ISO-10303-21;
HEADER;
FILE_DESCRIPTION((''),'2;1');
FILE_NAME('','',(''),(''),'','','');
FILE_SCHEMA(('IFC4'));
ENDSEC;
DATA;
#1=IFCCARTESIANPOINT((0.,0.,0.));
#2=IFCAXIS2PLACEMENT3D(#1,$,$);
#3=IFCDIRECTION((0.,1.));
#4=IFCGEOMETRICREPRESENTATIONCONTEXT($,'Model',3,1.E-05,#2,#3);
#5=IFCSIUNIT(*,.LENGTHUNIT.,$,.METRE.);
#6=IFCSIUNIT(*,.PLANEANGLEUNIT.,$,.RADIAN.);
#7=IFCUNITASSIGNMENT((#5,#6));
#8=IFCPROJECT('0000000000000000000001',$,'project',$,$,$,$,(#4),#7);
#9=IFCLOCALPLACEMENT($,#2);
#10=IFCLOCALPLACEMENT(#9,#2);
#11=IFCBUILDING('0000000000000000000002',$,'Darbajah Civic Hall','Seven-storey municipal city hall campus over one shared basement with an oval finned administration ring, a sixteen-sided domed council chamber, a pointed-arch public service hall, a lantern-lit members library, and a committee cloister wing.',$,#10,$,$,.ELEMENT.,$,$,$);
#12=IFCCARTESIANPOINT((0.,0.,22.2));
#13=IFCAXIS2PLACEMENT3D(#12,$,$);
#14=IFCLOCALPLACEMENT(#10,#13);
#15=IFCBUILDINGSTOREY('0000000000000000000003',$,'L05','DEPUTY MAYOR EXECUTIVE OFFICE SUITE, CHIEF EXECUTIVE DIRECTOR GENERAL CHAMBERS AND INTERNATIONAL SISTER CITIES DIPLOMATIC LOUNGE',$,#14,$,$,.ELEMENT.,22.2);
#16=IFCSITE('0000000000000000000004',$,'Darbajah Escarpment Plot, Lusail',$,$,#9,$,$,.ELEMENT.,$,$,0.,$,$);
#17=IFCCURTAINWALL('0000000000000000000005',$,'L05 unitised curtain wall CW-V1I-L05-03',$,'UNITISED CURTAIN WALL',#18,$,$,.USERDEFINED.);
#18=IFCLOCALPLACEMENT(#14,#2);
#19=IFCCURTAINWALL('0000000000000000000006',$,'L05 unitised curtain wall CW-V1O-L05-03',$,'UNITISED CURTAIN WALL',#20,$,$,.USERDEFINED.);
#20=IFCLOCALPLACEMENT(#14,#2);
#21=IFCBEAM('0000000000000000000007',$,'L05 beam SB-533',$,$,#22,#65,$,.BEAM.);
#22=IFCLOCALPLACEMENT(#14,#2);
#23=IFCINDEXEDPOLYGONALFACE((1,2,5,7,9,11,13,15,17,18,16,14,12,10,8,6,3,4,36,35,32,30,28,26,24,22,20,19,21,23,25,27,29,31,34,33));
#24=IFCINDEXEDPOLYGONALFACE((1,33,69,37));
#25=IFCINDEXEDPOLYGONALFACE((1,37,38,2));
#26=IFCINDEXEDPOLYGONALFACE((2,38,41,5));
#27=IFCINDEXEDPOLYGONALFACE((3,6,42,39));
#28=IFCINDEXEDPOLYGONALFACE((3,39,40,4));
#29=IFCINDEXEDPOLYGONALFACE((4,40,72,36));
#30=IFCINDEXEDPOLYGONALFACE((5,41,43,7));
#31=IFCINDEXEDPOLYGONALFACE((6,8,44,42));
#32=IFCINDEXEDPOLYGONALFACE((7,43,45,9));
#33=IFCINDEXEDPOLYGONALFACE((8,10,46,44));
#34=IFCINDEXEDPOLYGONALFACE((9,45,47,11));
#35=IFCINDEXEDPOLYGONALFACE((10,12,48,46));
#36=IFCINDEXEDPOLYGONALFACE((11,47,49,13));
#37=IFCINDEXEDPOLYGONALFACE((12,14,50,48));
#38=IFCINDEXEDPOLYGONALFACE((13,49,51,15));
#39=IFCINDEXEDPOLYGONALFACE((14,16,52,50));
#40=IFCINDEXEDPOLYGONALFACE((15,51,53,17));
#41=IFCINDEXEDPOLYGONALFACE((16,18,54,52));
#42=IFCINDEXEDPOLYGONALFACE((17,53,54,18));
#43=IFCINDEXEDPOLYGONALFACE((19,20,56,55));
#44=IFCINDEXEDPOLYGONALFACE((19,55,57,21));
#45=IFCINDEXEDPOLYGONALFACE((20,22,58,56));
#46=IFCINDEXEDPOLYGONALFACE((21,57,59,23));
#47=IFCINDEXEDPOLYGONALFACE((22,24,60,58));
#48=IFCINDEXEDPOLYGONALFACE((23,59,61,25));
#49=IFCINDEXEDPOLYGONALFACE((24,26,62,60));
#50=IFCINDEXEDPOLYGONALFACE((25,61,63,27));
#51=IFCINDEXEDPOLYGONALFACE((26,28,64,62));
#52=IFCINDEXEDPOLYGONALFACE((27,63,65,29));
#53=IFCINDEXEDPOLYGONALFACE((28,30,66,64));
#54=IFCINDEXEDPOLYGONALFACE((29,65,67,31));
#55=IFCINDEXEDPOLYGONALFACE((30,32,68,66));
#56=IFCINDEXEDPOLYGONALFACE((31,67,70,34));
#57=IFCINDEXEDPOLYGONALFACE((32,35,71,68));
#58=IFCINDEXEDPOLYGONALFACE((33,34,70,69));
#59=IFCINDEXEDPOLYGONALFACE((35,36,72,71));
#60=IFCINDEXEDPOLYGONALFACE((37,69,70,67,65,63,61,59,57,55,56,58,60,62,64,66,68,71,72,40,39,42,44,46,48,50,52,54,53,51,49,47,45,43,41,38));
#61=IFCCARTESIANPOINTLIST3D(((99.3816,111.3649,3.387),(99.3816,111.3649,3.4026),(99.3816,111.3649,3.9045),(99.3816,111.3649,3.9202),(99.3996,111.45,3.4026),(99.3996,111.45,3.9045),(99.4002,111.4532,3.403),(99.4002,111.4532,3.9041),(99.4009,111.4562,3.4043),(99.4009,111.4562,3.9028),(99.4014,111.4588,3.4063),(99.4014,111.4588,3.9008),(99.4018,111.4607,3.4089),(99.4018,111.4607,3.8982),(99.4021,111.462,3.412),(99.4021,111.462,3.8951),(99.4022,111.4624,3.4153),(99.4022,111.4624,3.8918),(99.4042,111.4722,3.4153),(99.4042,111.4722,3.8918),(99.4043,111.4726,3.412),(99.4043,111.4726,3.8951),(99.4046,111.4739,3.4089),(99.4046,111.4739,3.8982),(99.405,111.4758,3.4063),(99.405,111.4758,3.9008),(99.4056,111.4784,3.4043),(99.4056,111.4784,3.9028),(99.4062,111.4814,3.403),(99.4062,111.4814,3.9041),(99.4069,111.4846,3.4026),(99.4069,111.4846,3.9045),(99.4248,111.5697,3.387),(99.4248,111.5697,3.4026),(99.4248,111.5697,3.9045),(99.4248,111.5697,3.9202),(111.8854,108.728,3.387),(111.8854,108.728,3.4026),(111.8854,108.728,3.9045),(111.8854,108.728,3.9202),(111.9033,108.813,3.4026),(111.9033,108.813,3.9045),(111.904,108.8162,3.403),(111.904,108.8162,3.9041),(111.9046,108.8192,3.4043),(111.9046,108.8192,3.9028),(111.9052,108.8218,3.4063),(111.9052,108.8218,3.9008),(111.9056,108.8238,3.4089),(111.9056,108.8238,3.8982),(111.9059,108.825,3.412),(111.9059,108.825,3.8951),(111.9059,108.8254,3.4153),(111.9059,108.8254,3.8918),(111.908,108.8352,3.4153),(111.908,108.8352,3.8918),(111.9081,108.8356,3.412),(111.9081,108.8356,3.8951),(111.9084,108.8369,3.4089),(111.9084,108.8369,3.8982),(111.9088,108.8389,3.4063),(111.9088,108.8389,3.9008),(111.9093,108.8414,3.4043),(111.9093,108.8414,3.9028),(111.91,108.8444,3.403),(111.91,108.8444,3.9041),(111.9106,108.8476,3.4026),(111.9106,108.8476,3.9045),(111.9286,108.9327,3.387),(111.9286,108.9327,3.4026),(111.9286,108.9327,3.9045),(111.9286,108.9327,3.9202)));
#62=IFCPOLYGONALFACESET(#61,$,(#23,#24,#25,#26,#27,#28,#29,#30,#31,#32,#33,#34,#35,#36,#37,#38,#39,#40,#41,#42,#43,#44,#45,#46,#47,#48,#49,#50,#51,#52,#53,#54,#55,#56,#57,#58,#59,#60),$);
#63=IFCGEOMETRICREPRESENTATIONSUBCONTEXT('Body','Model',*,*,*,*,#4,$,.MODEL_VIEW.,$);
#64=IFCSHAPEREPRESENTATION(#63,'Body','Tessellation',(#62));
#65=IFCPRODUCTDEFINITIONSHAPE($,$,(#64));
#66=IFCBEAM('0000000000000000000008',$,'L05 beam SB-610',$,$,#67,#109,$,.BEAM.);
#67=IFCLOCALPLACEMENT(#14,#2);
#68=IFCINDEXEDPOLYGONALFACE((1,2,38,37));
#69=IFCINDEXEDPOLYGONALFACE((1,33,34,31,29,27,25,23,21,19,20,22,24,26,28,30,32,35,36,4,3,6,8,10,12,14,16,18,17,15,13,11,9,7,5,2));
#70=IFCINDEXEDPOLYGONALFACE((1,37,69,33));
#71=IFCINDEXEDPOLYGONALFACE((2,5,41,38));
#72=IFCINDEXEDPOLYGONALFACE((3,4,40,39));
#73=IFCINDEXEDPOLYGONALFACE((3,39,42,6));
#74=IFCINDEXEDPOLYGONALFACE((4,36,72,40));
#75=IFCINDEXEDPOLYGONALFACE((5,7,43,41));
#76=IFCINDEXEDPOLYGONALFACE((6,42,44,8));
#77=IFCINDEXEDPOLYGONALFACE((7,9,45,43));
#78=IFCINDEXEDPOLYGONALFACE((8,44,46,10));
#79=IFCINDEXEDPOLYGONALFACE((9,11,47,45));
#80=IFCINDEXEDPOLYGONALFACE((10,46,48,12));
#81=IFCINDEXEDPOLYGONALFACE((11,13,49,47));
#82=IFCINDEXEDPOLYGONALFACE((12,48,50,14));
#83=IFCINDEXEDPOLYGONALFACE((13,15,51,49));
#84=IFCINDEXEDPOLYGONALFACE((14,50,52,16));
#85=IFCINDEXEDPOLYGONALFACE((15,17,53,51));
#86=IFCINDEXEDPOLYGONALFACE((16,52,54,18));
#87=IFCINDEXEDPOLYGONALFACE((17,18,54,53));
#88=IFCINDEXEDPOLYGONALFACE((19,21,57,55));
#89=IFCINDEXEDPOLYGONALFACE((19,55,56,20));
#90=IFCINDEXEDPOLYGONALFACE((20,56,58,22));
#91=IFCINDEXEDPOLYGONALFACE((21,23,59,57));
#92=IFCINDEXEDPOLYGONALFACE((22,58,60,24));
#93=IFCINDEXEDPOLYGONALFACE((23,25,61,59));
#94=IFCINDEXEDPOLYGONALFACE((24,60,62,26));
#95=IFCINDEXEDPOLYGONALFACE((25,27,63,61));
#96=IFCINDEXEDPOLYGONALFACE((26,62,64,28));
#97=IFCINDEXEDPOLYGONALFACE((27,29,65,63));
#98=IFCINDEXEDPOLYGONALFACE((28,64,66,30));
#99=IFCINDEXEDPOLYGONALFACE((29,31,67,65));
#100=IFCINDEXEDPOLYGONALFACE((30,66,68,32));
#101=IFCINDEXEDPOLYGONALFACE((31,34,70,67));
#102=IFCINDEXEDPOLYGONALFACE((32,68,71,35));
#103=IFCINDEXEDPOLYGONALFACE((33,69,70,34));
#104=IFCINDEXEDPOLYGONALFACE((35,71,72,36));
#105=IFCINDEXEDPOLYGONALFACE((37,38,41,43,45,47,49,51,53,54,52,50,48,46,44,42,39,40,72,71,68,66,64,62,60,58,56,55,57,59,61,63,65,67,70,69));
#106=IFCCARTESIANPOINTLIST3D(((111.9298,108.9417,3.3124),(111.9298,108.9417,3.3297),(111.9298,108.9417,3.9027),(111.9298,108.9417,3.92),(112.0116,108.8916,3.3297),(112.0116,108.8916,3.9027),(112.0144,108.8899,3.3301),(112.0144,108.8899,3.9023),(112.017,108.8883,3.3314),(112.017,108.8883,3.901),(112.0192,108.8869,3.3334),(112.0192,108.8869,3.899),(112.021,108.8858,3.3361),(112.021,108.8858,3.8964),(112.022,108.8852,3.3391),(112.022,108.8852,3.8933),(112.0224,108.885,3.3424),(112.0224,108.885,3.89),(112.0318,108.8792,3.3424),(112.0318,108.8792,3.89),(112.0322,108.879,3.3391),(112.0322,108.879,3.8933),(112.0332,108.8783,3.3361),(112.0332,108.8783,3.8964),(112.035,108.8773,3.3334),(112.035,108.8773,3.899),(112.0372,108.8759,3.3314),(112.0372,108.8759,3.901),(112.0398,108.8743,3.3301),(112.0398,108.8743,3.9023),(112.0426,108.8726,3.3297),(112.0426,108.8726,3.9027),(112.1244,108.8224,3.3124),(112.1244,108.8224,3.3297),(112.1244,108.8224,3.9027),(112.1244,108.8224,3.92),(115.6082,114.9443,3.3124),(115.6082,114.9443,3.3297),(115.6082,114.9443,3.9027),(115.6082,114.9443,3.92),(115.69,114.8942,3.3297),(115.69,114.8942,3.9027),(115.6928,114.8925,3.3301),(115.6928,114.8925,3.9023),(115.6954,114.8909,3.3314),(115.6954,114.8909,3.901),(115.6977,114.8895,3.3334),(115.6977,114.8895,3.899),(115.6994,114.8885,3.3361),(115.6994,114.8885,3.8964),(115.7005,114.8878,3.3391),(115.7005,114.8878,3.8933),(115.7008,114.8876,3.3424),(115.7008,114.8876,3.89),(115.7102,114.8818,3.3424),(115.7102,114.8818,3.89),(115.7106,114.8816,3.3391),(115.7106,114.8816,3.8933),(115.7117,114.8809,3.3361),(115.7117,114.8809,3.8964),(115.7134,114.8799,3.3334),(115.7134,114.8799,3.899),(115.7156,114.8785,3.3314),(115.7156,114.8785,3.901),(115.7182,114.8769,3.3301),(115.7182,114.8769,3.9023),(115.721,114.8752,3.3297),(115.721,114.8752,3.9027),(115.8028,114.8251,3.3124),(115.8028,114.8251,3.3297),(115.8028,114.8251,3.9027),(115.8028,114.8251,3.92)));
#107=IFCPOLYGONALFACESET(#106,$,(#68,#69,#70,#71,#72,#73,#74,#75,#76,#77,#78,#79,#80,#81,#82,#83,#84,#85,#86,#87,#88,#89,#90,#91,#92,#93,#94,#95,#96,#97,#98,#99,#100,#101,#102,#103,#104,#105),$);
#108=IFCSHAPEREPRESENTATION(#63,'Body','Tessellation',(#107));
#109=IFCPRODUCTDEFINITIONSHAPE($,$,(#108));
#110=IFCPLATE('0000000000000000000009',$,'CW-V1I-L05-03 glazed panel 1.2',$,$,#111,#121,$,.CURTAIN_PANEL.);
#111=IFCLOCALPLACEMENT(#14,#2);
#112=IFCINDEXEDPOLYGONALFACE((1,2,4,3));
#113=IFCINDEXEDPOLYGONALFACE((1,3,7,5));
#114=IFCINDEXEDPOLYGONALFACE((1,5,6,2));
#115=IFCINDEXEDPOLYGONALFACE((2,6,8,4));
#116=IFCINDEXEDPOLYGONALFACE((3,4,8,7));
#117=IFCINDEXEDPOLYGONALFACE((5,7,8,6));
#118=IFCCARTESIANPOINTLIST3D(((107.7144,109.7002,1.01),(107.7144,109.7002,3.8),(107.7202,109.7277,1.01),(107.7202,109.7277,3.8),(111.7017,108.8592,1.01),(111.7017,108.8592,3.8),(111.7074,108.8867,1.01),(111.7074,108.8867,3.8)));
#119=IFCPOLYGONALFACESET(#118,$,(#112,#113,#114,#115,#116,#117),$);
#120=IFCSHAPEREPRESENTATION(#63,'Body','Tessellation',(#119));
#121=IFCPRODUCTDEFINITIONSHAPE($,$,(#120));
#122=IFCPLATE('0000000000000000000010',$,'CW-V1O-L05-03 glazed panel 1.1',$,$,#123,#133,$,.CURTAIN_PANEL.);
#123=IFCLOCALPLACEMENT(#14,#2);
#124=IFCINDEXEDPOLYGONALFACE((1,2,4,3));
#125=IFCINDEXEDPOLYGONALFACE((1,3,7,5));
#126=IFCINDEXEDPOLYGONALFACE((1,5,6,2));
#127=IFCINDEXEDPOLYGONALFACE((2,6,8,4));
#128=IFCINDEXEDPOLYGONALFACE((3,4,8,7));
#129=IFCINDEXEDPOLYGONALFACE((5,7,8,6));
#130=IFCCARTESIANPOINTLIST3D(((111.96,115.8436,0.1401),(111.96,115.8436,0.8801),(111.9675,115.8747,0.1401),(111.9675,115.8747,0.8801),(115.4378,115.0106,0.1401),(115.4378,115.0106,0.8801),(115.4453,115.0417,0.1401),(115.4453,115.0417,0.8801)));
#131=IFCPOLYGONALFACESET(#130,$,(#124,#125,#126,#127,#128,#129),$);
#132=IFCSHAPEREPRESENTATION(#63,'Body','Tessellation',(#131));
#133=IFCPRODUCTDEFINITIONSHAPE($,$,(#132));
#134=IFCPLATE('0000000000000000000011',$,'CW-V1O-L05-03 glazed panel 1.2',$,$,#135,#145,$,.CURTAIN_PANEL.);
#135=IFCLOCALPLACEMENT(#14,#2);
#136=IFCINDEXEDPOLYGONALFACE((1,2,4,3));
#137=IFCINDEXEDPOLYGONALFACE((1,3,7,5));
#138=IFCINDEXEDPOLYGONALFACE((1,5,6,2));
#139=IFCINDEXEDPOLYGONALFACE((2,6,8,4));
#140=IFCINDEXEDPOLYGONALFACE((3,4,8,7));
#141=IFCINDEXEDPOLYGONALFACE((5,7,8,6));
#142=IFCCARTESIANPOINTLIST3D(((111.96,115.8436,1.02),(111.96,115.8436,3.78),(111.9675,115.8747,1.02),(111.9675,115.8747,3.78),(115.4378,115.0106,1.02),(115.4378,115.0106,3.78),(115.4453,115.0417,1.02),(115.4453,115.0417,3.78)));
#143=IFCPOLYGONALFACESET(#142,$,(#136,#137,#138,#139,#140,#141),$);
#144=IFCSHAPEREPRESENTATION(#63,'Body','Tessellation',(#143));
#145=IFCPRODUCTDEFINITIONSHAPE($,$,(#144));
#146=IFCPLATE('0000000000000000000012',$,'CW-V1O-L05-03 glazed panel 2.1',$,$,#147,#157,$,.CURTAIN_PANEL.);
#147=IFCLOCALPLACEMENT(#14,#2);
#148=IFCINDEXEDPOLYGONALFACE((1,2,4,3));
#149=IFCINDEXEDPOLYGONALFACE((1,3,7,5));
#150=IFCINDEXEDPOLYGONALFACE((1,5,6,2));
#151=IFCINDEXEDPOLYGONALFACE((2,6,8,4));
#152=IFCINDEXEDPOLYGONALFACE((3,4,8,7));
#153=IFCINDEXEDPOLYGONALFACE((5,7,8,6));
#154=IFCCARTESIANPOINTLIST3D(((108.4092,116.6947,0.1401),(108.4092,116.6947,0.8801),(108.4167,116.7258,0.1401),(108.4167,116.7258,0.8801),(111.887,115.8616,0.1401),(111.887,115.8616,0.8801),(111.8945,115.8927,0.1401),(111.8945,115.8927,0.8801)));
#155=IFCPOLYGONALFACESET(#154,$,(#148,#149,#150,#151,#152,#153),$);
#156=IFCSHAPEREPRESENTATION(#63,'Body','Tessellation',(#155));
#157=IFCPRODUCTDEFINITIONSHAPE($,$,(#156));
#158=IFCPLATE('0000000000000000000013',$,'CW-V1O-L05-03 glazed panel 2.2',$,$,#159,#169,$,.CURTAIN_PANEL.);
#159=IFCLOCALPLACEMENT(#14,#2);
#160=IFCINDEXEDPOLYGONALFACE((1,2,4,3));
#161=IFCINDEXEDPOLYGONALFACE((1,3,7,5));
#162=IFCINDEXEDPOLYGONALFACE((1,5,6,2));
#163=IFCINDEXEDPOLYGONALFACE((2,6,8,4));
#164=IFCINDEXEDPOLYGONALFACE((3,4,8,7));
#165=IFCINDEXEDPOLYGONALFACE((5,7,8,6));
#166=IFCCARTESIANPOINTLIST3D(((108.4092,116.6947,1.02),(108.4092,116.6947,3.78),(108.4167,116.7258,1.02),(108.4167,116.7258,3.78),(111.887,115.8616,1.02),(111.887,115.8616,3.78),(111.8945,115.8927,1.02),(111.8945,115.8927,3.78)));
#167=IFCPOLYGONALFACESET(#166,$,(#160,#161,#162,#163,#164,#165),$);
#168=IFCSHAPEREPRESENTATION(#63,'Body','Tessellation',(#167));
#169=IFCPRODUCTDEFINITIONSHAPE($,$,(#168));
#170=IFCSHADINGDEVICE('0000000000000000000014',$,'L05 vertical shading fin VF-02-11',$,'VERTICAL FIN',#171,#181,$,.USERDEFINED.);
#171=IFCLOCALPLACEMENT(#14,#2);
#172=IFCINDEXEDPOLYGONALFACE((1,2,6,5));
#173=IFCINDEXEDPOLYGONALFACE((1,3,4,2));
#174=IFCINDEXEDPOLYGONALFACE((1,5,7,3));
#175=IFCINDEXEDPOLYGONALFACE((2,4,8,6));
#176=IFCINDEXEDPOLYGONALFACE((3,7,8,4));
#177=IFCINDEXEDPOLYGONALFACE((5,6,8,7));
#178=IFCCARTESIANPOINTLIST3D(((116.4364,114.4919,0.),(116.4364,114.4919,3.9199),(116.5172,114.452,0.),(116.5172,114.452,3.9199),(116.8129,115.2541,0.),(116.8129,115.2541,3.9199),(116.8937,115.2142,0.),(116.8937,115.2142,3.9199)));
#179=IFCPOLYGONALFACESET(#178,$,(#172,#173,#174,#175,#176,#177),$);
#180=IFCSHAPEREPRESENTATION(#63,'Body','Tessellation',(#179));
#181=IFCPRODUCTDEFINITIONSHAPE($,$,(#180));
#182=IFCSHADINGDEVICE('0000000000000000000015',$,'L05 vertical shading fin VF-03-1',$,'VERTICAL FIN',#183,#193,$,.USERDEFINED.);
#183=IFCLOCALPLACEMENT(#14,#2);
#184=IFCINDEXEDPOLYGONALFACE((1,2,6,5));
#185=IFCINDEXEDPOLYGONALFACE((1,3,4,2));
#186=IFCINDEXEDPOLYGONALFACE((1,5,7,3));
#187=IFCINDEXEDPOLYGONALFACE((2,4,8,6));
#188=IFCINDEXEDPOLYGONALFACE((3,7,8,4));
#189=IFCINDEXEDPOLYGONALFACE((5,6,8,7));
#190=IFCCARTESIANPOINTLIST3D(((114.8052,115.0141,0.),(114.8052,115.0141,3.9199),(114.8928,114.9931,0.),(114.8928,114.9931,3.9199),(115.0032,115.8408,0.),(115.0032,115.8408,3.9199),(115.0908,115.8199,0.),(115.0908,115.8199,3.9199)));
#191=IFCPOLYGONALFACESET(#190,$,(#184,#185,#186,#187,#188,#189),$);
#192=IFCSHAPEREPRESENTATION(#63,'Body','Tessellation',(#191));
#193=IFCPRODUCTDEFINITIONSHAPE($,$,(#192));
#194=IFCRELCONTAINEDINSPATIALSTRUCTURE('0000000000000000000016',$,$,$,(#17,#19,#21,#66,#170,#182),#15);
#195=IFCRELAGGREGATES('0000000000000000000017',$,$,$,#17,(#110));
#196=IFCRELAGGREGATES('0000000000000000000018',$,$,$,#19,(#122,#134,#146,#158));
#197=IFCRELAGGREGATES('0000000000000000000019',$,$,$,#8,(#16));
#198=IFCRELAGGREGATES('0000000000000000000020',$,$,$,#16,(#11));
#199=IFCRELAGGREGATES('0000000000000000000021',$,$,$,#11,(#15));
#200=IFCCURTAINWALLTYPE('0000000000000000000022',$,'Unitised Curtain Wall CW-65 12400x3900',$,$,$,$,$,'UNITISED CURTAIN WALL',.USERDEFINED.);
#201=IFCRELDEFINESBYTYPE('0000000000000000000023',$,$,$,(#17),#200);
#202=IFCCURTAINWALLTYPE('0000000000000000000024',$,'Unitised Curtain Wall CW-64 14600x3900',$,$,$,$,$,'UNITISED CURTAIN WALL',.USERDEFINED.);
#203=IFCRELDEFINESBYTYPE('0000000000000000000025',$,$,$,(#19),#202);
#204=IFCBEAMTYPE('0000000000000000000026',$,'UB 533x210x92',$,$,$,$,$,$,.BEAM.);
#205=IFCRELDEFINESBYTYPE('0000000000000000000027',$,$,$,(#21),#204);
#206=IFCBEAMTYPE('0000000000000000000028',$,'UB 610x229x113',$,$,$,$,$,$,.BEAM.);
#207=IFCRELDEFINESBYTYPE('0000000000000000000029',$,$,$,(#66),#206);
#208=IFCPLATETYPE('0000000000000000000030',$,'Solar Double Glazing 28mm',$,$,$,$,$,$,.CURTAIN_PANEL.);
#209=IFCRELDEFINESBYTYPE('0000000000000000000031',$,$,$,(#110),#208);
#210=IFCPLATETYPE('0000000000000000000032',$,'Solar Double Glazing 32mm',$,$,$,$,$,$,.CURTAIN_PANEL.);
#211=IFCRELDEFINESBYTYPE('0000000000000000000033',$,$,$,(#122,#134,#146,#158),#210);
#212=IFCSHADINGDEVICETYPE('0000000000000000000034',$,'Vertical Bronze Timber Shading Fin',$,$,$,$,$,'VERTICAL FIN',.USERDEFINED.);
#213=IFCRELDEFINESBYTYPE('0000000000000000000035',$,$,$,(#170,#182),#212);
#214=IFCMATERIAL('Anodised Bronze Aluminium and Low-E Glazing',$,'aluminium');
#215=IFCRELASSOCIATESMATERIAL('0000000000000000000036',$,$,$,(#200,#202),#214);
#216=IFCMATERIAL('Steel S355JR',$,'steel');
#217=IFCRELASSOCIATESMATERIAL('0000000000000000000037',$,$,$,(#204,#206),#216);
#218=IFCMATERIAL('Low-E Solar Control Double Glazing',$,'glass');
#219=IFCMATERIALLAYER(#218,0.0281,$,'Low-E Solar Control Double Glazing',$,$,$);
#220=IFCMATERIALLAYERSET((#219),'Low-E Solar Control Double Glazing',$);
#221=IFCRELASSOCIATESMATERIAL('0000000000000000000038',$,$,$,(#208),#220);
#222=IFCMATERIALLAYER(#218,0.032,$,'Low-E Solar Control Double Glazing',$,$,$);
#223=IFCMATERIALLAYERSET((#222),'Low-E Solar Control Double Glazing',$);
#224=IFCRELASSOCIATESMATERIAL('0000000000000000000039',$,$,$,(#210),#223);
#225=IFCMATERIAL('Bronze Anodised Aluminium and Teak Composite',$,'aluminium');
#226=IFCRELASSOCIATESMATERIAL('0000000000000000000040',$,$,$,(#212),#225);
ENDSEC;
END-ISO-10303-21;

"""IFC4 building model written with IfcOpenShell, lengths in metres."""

from ifc_helpers import new_model, si_unit, direction, frame, origin, origin_2d, place, context, subcontext, project, spatial, rectangle, i_section, extrude, material, layer, layer_set, material_profile, profile_set, type_object, element, aggregate, save


model = new_model("IFC4")

# Units and contexts
model_context = context("Model", 3, precision=1e-05, world=origin(), true_north=direction((0.0, 1.0)))
body_context = subcontext(model_context, "Body", "Model", "MODEL_VIEW")
ifc_project = project(units=[si_unit("LENGTHUNIT", "METRE"), si_unit("PLANEANGLEUNIT", "RADIAN")], contexts=[model_context])

# Site, building, storey
site_placement = place(None, origin())
site = spatial("IfcSite", under=ifc_project, at=site_placement, Name="Darbajah Escarpment Plot, Lusail", CompositionType="ELEMENT", RefElevation=0.0)
building_placement = place(site_placement, origin())
building = spatial("IfcBuilding", under=site, at=building_placement, Name="Darbajah Civic Hall", Description="Seven-storey municipal city hall campus over one shared basement with an oval finned administration ring, a sixteen-sided domed council chamber, a pointed-arch public service hall, a lantern-lit members library, and a committee cloister wing.", CompositionType="ELEMENT")
storey_placement = place(building_placement, frame((0.0, 0.0, 22.2)))
storey = spatial("IfcBuildingStorey", under=building, at=storey_placement, Name="L05", Description="DEPUTY MAYOR EXECUTIVE OFFICE SUITE, CHIEF EXECUTIVE DIRECTOR GENERAL CHAMBERS AND INTERNATIONAL SISTER CITIES DIPLOMATIC LOUNGE", CompositionType="ELEMENT", Elevation=22.2)

# Curtain wall
ifc_material_1 = material(Name="Anodised Bronze Aluminium and Low-E Glazing", Category="aluminium")
curtain_wall_type_1 = type_object("IfcCurtainWallType", Name="Unitised Curtain Wall CW-65 12400x3900", ElementType="UNITISED CURTAIN WALL", PredefinedType="USERDEFINED", material=ifc_material_1)
curtain_wall_1_placement = place(storey_placement, origin())
curtain_wall_1 = element("IfcCurtainWall", 1, at=curtain_wall_1_placement, inside=storey, type_object=curtain_wall_type_1, Name="L05 unitised curtain wall CW-V1I-L05-03", ObjectType="UNITISED CURTAIN WALL", PredefinedType="USERDEFINED")

# Curtain wall
curtain_wall_type_2 = type_object("IfcCurtainWallType", Name="Unitised Curtain Wall CW-64 14600x3900", ElementType="UNITISED CURTAIN WALL", PredefinedType="USERDEFINED", material=ifc_material_1)
curtain_wall_2_placement = place(storey_placement, origin())
curtain_wall_2 = element("IfcCurtainWall", 2, at=curtain_wall_2_placement, inside=storey, type_object=curtain_wall_type_2, Name="L05 unitised curtain wall CW-V1O-L05-03", ObjectType="UNITISED CURTAIN WALL", PredefinedType="USERDEFINED")

# Beams
ifc_material_2 = material(Name="Steel S355JR", Category="steel")
ifc_material_profile_1 = material_profile(ifc_material_2, i_section(OverallWidth=0.2092, OverallDepth=0.5332, WebThickness=0.01, FlangeThickness=0.0156, FilletRadius=0.0127, at=origin_2d()), Name="UB 533x210x92")
ifc_profile_set_1 = profile_set([ifc_material_profile_1], Name="Steel S355JR")
beam_type_1 = type_object("IfcBeamType", Name="UB 533x210x92", PredefinedType="BEAM", material=ifc_profile_set_1)
beam_1_placement = place(storey_placement, frame((111.907, 108.8303, 3.6536), z_axis=(-0.978477, 0.206356, 0.0), x_axis=(-0.206356, -0.978477, 0.0)))
element("IfcBeam", 3, at=beam_1_placement, inside=storey, type_object=beam_type_1, Name="L05 beam SB-533", PredefinedType="BEAM", context=body_context, shape_type="SweptSolid", body=[
    extrude(i_section(OverallWidth=0.2092, OverallDepth=0.5332, WebThickness=0.01, FlangeThickness=0.0156, FilletRadius=0.0127, at=origin_2d()), origin(), (0.0, 0.0, 1.0), 12.7788),
])
ifc_material_profile_2 = material_profile(ifc_material_2, i_section(OverallWidth=0.2283, OverallDepth=0.6077, WebThickness=0.011, FlangeThickness=0.0173, FilletRadius=0.0127, at=origin_2d()), Name="UB 610x229x113")
ifc_profile_set_2 = profile_set([ifc_material_profile_2], Name="Steel S355JR")
beam_type_2 = type_object("IfcBeamType", Name="UB 610x229x113", PredefinedType="BEAM", material=ifc_profile_set_2)
beam_2_placement = place(storey_placement, frame((112.0271, 108.8821, 3.6162), z_axis=(0.5225, 0.852639, 0.0), x_axis=(-0.852639, 0.5225, 0.0)))
element("IfcBeam", 4, at=beam_2_placement, inside=storey, type_object=beam_type_2, Name="L05 beam SB-610", PredefinedType="BEAM", context=body_context, shape_type="SweptSolid", body=[
    extrude(i_section(OverallWidth=0.2283, OverallDepth=0.6077, WebThickness=0.011, FlangeThickness=0.0173, FilletRadius=0.0127, at=origin_2d()), origin(), (0.0, 0.0, 1.0), 7.04),
])

# Plates
ifc_material_3 = material(Name="Low-E Solar Control Double Glazing", Category="glass")
ifc_layer_1 = layer(ifc_material_3, 0.0281, Name="Low-E Solar Control Double Glazing")
ifc_layer_set_1 = layer_set([ifc_layer_1], Name="Low-E Solar Control Double Glazing")
plate_type_1 = type_object("IfcPlateType", Name="Solar Double Glazing 28mm", PredefinedType="CURTAIN_PANEL", material=ifc_layer_set_1)
plate_1_placement = place(storey_placement, frame((109.7109, 109.2935, 1.01), z_axis=(0.0, 0.0, 1.0), x_axis=(-0.978473, 0.206375, 0.0)))
plate_1 = element("IfcPlate", 5, at=plate_1_placement, type_object=plate_type_1, Name="CW-V1I-L05-03 glazed panel 1.2", PredefinedType="CURTAIN_PANEL", context=body_context, shape_type="SweptSolid", body=[
    extrude(rectangle(XDim=4.075, YDim=0.0281, at=origin_2d()), origin(), (0.0, 0.0, 1.0), 2.79),
])
aggregate(curtain_wall_1, [plate_1])
ifc_layer_2 = layer(ifc_material_3, 0.032, Name="Low-E Solar Control Double Glazing")
ifc_layer_set_2 = layer_set([ifc_layer_2], Name="Low-E Solar Control Double Glazing")
plate_type_2 = type_object("IfcPlateType", Name="Solar Double Glazing 32mm", PredefinedType="CURTAIN_PANEL", material=ifc_layer_set_2)
plate_2_placement = place(storey_placement, frame((113.7026, 115.4426, 0.1401), z_axis=(0.0, 0.0, 1.0), x_axis=(-0.972492, 0.232936, 0.0)))
plate_2 = element("IfcPlate", 6, at=plate_2_placement, type_object=plate_type_2, Name="CW-V1O-L05-03 glazed panel 1.1", PredefinedType="CURTAIN_PANEL", context=body_context, shape_type="SweptSolid", body=[
    extrude(rectangle(XDim=3.5762, YDim=0.032, at=origin_2d()), origin(), (0.0, 0.0, 1.0), 0.74),
])
plate_3_placement = place(storey_placement, frame((113.7026, 115.4426, 1.02), z_axis=(0.0, 0.0, 1.0), x_axis=(-0.972492, 0.232936, 0.0)))
plate_3 = element("IfcPlate", 7, at=plate_3_placement, type_object=plate_type_2, Name="CW-V1O-L05-03 glazed panel 1.2", PredefinedType="CURTAIN_PANEL", context=body_context, shape_type="SweptSolid", body=[
    extrude(rectangle(XDim=3.5762, YDim=0.032, at=origin_2d()), origin(), (0.0, 0.0, 1.0), 2.76),
])
plate_4_placement = place(storey_placement, frame((110.1519, 116.2937, 0.1401), z_axis=(0.0, 0.0, 1.0), x_axis=(-0.972492, 0.232936, 0.0)))
plate_4 = element("IfcPlate", 8, at=plate_4_placement, type_object=plate_type_2, Name="CW-V1O-L05-03 glazed panel 2.1", PredefinedType="CURTAIN_PANEL", context=body_context, shape_type="SweptSolid", body=[
    extrude(rectangle(XDim=3.5762, YDim=0.032, at=origin_2d()), origin(), (0.0, 0.0, 1.0), 0.74),
])
plate_5_placement = place(storey_placement, frame((110.1519, 116.2937, 1.02), z_axis=(0.0, 0.0, 1.0), x_axis=(-0.972492, 0.232936, 0.0)))
plate_5 = element("IfcPlate", 9, at=plate_5_placement, type_object=plate_type_2, Name="CW-V1O-L05-03 glazed panel 2.2", PredefinedType="CURTAIN_PANEL", context=body_context, shape_type="SweptSolid", body=[
    extrude(rectangle(XDim=3.5762, YDim=0.032, at=origin_2d()), origin(), (0.0, 0.0, 1.0), 2.76),
])
aggregate(curtain_wall_2, [plate_2, plate_3, plate_4, plate_5])

# Shading devices
ifc_material_4 = material(Name="Bronze Anodised Aluminium and Teak Composite", Category="aluminium")
shading_device_type = type_object("IfcShadingDeviceType", Name="Vertical Bronze Timber Shading Fin", ElementType="VERTICAL FIN", PredefinedType="USERDEFINED", material=ifc_material_4)
for number, where, z_axis, x_axis, name in (
    (10, (116.665, 114.853, 0.0), (0.0, 0.0, 1.0), (0.442915, 0.896564, 0.0), "L05 vertical shading fin VF-02-11"),
    (11, (114.948, 115.417, 0.0), (0.0, 0.0, 1.0), (0.232936, 0.972492, 0.0), "L05 vertical shading fin VF-03-1"),
):
    element("IfcShadingDevice", number, at=place(storey_placement, frame(where, z_axis=z_axis, x_axis=x_axis)), inside=storey, type_object=shading_device_type, Name=name, ObjectType="VERTICAL FIN", PredefinedType="USERDEFINED", context=body_context, shape_type="SweptSolid", body=[
        extrude(rectangle(XDim=0.8501, YDim=0.0901, at=origin_2d()), origin(), (0.0, 0.0, 1.0), 3.9199),
    ])

save(model, "model.ifc")
